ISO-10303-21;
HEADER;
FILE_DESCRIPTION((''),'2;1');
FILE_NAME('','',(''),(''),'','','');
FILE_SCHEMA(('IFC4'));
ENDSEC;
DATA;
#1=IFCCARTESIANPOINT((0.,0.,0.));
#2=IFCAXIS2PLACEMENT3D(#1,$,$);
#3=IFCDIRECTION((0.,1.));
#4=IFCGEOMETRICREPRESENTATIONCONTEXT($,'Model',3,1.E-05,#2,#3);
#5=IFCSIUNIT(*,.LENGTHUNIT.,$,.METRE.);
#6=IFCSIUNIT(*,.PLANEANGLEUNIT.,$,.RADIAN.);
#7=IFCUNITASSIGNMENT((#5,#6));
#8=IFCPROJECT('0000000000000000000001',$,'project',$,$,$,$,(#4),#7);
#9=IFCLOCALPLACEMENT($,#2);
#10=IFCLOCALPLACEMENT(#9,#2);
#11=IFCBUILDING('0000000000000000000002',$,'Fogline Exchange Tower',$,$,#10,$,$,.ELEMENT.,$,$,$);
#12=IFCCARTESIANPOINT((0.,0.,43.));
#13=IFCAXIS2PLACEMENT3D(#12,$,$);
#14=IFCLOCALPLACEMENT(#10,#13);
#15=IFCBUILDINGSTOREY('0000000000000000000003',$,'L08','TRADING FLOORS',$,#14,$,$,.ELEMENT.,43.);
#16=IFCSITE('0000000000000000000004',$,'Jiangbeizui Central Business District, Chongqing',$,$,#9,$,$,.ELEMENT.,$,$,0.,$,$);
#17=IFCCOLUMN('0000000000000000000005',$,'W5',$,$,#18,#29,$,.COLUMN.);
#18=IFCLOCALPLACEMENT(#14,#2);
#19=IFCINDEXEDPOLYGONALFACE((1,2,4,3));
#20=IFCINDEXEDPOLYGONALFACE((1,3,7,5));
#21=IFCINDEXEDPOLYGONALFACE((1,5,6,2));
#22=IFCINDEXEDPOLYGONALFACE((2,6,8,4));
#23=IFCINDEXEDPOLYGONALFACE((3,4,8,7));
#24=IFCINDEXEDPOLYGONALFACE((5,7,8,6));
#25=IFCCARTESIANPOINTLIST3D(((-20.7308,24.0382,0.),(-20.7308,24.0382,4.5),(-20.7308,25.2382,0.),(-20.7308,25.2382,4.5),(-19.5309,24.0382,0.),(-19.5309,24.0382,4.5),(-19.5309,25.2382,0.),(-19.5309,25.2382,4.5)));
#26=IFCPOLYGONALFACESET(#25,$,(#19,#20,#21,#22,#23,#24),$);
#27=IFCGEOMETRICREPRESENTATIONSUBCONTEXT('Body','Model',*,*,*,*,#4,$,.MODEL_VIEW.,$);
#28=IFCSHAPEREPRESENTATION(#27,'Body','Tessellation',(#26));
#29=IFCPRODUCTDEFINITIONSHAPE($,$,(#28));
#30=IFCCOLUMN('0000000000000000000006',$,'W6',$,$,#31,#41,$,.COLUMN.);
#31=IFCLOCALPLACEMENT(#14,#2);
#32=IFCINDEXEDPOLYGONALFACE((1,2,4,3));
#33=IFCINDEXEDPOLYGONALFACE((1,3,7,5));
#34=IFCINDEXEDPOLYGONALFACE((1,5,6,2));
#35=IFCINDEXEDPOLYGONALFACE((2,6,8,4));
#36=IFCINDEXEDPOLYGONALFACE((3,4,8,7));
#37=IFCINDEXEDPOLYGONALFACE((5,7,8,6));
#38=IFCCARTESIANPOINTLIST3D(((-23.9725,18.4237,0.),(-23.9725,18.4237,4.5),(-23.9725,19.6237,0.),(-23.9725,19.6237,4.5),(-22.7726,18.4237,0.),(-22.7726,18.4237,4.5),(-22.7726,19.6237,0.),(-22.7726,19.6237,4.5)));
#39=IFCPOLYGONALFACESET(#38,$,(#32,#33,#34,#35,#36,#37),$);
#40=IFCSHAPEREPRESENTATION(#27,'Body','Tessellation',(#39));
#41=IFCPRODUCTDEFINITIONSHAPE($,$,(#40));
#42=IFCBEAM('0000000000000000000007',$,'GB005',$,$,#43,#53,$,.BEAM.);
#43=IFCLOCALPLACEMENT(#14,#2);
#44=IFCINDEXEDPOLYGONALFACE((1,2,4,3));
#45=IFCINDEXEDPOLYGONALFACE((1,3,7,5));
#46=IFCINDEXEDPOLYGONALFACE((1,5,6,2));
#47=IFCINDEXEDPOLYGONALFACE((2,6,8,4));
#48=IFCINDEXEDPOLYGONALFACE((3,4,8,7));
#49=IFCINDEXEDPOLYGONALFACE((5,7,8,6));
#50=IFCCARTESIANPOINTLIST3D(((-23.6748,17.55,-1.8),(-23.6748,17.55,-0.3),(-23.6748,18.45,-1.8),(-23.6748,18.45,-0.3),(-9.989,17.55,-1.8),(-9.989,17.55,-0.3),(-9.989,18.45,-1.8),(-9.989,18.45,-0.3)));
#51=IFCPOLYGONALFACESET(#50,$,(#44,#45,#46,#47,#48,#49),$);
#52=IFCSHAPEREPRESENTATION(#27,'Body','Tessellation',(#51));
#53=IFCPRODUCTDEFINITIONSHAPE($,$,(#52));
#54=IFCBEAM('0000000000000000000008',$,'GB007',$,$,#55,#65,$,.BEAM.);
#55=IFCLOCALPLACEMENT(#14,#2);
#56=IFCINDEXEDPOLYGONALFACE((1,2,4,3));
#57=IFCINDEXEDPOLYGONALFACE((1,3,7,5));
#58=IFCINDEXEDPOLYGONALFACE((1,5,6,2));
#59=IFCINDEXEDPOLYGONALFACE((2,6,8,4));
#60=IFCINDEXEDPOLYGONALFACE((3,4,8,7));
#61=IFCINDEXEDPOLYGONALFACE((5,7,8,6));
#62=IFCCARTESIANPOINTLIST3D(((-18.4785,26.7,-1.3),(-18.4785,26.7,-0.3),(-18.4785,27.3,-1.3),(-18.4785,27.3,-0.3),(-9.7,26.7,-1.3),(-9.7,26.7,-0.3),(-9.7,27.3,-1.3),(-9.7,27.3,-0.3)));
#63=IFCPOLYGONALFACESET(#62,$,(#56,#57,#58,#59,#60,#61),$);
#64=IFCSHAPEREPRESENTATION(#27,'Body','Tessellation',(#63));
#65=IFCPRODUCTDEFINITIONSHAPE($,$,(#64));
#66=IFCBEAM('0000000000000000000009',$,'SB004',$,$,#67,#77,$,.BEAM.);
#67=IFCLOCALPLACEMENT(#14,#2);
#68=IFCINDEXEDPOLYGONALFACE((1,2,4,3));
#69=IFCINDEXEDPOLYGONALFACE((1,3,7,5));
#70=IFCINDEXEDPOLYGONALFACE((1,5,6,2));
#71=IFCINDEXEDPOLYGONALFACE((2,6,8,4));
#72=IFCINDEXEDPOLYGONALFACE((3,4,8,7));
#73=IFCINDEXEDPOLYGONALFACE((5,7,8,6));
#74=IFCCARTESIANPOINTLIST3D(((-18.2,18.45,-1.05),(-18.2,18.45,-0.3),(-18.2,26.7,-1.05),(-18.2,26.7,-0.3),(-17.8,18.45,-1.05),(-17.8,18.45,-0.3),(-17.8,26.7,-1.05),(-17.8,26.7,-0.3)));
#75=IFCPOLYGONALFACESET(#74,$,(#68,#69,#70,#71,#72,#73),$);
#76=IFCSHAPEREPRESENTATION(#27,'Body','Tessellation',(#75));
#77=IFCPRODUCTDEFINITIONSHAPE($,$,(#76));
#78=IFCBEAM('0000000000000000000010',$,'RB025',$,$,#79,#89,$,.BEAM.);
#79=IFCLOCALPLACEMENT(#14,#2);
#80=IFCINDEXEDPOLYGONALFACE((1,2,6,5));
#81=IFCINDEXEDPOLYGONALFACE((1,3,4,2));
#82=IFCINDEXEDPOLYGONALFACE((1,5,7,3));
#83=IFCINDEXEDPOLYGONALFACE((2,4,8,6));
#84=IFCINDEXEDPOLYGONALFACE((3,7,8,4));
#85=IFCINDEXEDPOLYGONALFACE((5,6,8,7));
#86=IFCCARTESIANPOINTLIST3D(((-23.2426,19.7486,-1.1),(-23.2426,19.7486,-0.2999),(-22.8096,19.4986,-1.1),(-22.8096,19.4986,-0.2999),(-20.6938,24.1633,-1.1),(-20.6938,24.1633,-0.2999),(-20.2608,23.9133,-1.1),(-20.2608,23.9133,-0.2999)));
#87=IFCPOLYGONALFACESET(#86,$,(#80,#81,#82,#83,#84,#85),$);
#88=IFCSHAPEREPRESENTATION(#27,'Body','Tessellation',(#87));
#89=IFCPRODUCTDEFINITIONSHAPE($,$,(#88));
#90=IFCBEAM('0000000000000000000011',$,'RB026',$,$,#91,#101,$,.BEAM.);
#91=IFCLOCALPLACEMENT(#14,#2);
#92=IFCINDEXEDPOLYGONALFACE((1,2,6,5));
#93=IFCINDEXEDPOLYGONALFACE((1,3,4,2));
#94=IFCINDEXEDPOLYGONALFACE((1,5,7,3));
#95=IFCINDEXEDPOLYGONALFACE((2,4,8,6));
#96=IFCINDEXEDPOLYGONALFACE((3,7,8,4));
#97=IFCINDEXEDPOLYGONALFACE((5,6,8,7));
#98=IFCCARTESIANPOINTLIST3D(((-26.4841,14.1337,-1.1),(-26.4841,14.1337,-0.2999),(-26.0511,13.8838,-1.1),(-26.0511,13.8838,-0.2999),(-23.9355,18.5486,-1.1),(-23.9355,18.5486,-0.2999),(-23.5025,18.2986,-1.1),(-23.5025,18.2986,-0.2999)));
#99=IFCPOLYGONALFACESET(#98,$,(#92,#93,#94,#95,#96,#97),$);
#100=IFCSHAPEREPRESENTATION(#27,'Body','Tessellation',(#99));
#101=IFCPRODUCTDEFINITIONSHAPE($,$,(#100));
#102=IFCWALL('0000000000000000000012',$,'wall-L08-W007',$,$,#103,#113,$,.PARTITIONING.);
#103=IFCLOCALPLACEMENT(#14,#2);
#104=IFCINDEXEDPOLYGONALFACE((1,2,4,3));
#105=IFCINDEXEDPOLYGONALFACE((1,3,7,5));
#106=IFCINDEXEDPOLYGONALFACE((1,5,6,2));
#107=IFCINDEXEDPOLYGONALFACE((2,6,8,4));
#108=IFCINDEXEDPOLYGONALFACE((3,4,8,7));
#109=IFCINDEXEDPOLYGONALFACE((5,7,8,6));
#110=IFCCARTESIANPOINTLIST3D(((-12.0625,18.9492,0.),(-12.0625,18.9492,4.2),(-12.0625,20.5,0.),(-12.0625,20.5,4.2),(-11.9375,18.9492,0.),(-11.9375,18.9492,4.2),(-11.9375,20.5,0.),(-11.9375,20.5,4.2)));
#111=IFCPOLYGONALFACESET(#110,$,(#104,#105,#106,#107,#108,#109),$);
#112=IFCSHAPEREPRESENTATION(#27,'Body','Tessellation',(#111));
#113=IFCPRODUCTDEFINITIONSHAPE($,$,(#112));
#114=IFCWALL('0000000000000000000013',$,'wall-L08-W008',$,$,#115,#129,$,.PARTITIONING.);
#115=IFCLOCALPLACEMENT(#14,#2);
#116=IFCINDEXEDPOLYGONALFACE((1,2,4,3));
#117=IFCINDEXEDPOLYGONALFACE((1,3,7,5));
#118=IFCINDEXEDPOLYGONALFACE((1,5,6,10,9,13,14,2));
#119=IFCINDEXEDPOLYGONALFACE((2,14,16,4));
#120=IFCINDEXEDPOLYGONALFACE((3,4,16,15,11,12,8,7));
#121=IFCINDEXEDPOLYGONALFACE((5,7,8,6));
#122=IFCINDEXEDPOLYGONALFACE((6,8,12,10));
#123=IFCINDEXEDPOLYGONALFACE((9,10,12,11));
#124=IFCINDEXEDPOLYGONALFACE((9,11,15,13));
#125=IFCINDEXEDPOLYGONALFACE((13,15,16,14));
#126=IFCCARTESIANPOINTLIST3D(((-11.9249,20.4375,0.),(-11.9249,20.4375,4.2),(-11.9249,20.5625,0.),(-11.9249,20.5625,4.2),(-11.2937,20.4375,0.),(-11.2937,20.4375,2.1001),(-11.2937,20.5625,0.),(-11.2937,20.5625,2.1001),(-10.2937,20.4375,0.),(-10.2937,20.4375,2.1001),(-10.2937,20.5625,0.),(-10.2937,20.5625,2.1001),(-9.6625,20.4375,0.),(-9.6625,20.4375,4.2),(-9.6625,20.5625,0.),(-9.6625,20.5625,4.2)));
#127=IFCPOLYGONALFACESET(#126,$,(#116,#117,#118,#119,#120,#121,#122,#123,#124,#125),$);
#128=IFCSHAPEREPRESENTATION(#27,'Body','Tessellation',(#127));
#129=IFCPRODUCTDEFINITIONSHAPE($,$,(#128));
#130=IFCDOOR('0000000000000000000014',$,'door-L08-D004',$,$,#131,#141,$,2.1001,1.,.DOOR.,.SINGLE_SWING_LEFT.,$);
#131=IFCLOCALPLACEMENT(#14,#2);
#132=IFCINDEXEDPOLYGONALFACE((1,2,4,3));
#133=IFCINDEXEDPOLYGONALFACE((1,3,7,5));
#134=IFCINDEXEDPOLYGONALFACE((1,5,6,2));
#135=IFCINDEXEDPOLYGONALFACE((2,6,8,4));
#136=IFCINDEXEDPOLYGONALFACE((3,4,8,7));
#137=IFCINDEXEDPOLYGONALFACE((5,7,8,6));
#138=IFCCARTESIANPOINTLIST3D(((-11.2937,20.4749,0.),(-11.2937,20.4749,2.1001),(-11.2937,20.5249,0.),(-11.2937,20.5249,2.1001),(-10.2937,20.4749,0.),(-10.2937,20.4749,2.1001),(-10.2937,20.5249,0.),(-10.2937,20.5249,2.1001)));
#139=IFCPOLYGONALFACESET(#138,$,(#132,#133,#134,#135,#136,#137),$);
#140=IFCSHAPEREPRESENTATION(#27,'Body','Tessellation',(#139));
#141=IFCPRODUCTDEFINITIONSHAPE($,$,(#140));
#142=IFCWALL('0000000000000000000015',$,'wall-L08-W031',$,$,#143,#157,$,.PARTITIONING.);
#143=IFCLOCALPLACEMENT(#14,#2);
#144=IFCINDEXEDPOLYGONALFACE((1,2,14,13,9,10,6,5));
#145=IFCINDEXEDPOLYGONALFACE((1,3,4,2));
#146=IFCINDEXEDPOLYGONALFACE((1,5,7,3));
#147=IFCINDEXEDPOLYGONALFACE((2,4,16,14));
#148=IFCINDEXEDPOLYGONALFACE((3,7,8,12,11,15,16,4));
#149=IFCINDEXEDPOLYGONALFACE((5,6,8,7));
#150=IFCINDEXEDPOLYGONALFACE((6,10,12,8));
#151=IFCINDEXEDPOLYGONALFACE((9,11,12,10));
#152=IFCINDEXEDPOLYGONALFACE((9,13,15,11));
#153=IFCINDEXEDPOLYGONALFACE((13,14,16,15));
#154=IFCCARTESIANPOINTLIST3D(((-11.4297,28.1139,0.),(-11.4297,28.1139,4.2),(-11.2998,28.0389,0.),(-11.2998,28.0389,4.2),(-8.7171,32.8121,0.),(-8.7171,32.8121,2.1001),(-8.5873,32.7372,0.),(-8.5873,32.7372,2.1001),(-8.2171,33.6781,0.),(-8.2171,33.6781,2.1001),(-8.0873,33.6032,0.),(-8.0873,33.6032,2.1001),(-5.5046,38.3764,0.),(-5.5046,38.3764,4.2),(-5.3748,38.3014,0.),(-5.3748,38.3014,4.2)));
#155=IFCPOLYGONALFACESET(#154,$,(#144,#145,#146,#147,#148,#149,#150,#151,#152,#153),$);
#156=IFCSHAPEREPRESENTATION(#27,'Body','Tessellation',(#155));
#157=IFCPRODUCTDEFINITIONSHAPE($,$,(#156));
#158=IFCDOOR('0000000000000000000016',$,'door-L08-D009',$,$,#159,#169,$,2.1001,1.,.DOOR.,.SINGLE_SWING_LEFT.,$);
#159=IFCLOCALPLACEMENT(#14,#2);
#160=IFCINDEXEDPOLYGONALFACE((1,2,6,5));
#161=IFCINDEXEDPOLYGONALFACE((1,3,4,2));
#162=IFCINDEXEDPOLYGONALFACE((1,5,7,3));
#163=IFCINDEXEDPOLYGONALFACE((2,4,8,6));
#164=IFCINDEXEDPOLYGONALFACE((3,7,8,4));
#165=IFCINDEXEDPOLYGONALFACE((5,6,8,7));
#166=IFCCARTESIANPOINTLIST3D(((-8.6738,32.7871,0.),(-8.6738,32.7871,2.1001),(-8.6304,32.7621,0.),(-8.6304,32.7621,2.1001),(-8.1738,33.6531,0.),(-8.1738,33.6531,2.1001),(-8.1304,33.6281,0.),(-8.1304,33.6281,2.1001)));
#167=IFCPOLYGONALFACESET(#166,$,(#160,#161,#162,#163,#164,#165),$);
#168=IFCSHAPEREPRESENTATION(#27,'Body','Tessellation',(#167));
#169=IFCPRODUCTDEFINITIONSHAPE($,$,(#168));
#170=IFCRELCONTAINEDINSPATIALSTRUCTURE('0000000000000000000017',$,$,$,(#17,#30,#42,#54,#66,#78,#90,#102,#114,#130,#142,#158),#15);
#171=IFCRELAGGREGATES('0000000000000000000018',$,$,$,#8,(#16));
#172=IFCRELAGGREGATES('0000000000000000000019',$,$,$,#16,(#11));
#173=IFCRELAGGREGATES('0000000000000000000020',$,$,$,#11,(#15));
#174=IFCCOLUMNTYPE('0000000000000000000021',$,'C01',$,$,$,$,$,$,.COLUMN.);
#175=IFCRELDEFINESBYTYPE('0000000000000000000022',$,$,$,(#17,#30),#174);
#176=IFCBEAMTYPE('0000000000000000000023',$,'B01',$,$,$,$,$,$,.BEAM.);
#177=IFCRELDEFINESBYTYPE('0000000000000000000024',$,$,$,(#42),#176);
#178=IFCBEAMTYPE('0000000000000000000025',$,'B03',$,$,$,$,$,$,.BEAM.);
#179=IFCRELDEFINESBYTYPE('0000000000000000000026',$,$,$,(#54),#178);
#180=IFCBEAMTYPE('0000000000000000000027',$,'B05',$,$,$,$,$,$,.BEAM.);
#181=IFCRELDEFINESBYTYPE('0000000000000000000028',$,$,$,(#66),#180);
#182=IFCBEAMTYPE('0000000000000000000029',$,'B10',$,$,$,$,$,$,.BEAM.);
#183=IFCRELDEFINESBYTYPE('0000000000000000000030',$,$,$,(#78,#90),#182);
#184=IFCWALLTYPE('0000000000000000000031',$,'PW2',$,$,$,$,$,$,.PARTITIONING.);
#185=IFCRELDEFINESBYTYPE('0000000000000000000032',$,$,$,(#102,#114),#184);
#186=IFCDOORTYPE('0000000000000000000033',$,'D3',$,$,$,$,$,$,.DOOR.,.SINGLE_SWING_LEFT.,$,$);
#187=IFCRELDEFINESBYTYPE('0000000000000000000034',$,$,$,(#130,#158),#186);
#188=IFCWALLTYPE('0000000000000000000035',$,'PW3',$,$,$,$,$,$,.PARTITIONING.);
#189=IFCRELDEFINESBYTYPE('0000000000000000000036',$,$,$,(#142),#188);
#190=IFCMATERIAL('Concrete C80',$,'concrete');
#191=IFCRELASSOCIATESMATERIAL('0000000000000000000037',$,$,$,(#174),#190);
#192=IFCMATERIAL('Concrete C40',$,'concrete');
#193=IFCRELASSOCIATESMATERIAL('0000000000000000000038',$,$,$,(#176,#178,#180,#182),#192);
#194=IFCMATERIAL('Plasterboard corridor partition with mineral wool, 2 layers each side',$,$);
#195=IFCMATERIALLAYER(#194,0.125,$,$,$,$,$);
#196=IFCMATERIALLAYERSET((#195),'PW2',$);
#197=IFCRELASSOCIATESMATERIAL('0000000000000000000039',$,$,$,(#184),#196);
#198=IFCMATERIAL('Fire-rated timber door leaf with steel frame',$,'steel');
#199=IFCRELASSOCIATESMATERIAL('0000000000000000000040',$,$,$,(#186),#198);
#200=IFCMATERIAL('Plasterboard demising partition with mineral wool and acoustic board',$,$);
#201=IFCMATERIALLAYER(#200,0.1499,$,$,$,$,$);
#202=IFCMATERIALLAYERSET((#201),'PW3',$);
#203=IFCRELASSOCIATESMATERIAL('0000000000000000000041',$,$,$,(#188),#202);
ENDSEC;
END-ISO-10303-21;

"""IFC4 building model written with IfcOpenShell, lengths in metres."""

from ifc_helpers import new_model, si_unit, direction, frame, frame_2d, origin, origin_2d, place, context, subcontext, project, spatial, rectangle, extrude, material, layer, layer_set, material_profile, profile_set, type_object, element, fill, save


model = new_model("IFC4")

# Units and contexts
model_context = context("Model", 3, precision=1e-05, world=origin(), true_north=direction((0.0, 1.0)))
body_context = subcontext(model_context, "Body", "Model", "MODEL_VIEW")
ifc_project = project(units=[si_unit("LENGTHUNIT", "METRE"), si_unit("PLANEANGLEUNIT", "RADIAN")], contexts=[model_context])

# Site, building, storey
site_placement = place(None, origin())
site = spatial("IfcSite", under=ifc_project, at=site_placement, Name="Jiangbeizui Central Business District, Chongqing", CompositionType="ELEMENT", RefElevation=0.0)
building_placement = place(site_placement, origin())
building = spatial("IfcBuilding", under=site, at=building_placement, Name="Fogline Exchange Tower", CompositionType="ELEMENT")
storey_placement = place(building_placement, frame((0.0, 0.0, 43.0)))
storey = spatial("IfcBuildingStorey", under=building, at=storey_placement, Name="L08", Description="TRADING FLOORS", CompositionType="ELEMENT", Elevation=43.0)

# Columns
ifc_material_1 = material(Name="Concrete C80", Category="concrete")
ifc_material_profile_1 = material_profile(ifc_material_1, rectangle(XDim=1.2, YDim=1.2, at=origin_2d()), Name="RC 1200x1200")
ifc_profile_set_1 = profile_set([ifc_material_profile_1], Name="Concrete C80")
column_type = type_object("IfcColumnType", Name="C01", PredefinedType="COLUMN", material=ifc_profile_set_1)
for number, where, z_axis, x_axis, name in (
    (1, (-20.1309, 24.6382, 0.0), (0.0, 0.0, 1.0), (1.0, 0.0, 0.0), "W5"),
    (2, (-23.3726, 19.0237, 0.0), (0.0, 0.0, 1.0), (1.0, 0.0, 0.0), "W6"),
):
    element("IfcColumn", number, at=place(storey_placement, frame(where, z_axis=z_axis, x_axis=x_axis)), inside=storey, type_object=column_type, Name=name, PredefinedType="COLUMN", context=body_context, shape_type="SweptSolid", body=[
        extrude(rectangle(XDim=1.2, YDim=1.2, at=origin_2d()), origin(), (0.0, 0.0, 1.0), 4.5),
    ])

# Beams
ifc_material_2 = material(Name="Concrete C40", Category="concrete")
ifc_material_profile_2 = material_profile(ifc_material_2, rectangle(XDim=0.8999, YDim=1.5, at=origin_2d()), Name="RC 900x1500")
ifc_profile_set_2 = profile_set([ifc_material_profile_2], Name="Concrete C40")
beam_type_1 = type_object("IfcBeamType", Name="B01", PredefinedType="BEAM", material=ifc_profile_set_2)
beam_1_placement = place(storey_placement, frame((-23.6748, 18.0, -1.05), z_axis=(1.0, 0.0, 0.0), x_axis=(0.0, 1.0, 0.0)))
element("IfcBeam", 3, at=beam_1_placement, inside=storey, type_object=beam_type_1, Name="GB005", PredefinedType="BEAM", context=body_context, shape_type="SweptSolid", body=[
    extrude(rectangle(XDim=0.8999, YDim=1.5, at=origin_2d()), origin(), (0.0, 0.0, 1.0), 13.6858),
])
ifc_material_profile_3 = material_profile(ifc_material_2, rectangle(XDim=0.6001, YDim=1.0, at=origin_2d()), Name="RC 600x1000")
ifc_profile_set_3 = profile_set([ifc_material_profile_3], Name="Concrete C40")
beam_type_2 = type_object("IfcBeamType", Name="B03", PredefinedType="BEAM", material=ifc_profile_set_3)
beam_2_placement = place(storey_placement, frame((-18.4785, 27.0, -0.8), z_axis=(1.0, 0.0, 0.0), x_axis=(0.0, 1.0, 0.0)))
element("IfcBeam", 4, at=beam_2_placement, inside=storey, type_object=beam_type_2, Name="GB007", PredefinedType="BEAM", context=body_context, shape_type="SweptSolid", body=[
    extrude(rectangle(XDim=0.6001, YDim=1.0, at=origin_2d()), origin(), (0.0, 0.0, 1.0), 8.7786),
])
ifc_material_profile_4 = material_profile(ifc_material_2, rectangle(XDim=0.3999, YDim=0.75, at=origin_2d()), Name="RC 400x750")
ifc_profile_set_4 = profile_set([ifc_material_profile_4], Name="Concrete C40")
beam_type_3 = type_object("IfcBeamType", Name="B05", PredefinedType="BEAM", material=ifc_profile_set_4)
beam_3_placement = place(storey_placement, frame((-18.0, 18.45, -0.675), z_axis=(0.0, 1.0, 0.0), x_axis=(-1.0, 0.0, 0.0)))
element("IfcBeam", 5, at=beam_3_placement, inside=storey, type_object=beam_type_3, Name="SB004", PredefinedType="BEAM", context=body_context, shape_type="SweptSolid", body=[
    extrude(rectangle(XDim=0.3999, YDim=0.75, at=origin_2d()), origin(), (0.0, 0.0, 1.0), 8.25),
])
ifc_material_profile_5 = material_profile(ifc_material_2, rectangle(XDim=0.5, YDim=0.8, at=origin_2d()), Name="RC 500x800")
ifc_profile_set_5 = profile_set([ifc_material_profile_5], Name="Concrete C40")
beam_type_4 = type_object("IfcBeamType", Name="B10", PredefinedType="BEAM", material=ifc_profile_set_5)
for number, where, z_axis, x_axis, name in (
    (6, (-20.4773, 24.0383, -0.7), (-0.499992, -0.86603, 0.0), (0.86603, -0.499992, 0.0), "RB025"),
    (7, (-23.719, 18.4236, -0.7), (-0.499956, -0.866051, 0.0), (0.866051, -0.499956, 0.0), "RB026"),
):
    element("IfcBeam", number, at=place(storey_placement, frame(where, z_axis=z_axis, x_axis=x_axis)), inside=storey, type_object=beam_type_4, Name=name, PredefinedType="BEAM", context=body_context, shape_type="SweptSolid", body=[
        extrude(rectangle(XDim=0.5, YDim=0.8, at=origin_2d()), origin(), (0.0, 0.0, 1.0), 5.0977),
    ])

# Wall
ifc_material_3 = material(Name="Plasterboard corridor partition with mineral wool, 2 layers each side")
ifc_layer_1 = layer(ifc_material_3, 0.125)
ifc_layer_set_1 = layer_set([ifc_layer_1], Name="PW2")
wall_type_1 = type_object("IfcWallType", Name="PW2", PredefinedType="PARTITIONING", material=ifc_layer_set_1)
wall_1_placement = place(storey_placement, frame((-12.0, 18.9492, 0.0), z_axis=(0.0, 0.0, 1.0), x_axis=(0.0, 1.0, 0.0)))
element("IfcWall", 8, at=wall_1_placement, inside=storey, type_object=wall_type_1, Name="wall-L08-W007", PredefinedType="PARTITIONING", context=body_context, shape_type="SweptSolid", body=[
    extrude(rectangle(XDim=1.5508, YDim=0.125, at=frame_2d((0.7754, 0.0))), origin(), (0.0, 0.0, 1.0), 4.2),
])

# Walls, openings, doors
wall_2_placement = place(storey_placement, frame((-11.925, 20.5, 0.0), z_axis=(0.0, 0.0, 1.0), x_axis=(1.0, 0.0, 0.0)))
wall_2 = element("IfcWall", 9, at=wall_2_placement, inside=storey, type_object=wall_type_1, Name="wall-L08-W008", PredefinedType="PARTITIONING", context=body_context, shape_type="SweptSolid", body=[
    extrude(rectangle(XDim=2.2625, YDim=0.125, at=frame_2d((1.1313, 0.0))), origin(), (0.0, 0.0, 1.0), 4.2),
])
opening_1_placement = place(wall_2_placement, frame((0.6313, 0.0, 0.0)))
opening_1 = element("IfcOpeningElement", 10, at=opening_1_placement, cuts=wall_2, PredefinedType="OPENING", context=body_context, shape_type="SweptSolid", body=[
    extrude(rectangle(XDim=1.0, YDim=2.1001, at=frame_2d((0.5, 1.05))), frame((0.0, 0.0725, 0.0), z_axis=(0.0, -1.0, 0.0), x_axis=(1.0, 0.0, 0.0)), (0.0, 0.0, 1.0), 0.145),
])
ifc_material_4 = material(Name="Fire-rated timber door leaf with steel frame", Category="steel")
door_type = type_object("IfcDoorType", Name="D3", OperationType="SINGLE_SWING_LEFT", PredefinedType="DOOR", material=ifc_material_4)
door_1_placement = place(opening_1_placement, origin())
door_1 = element("IfcDoor", 11, at=door_1_placement, inside=storey, type_object=door_type, Name="door-L08-D004", OperationType="SINGLE_SWING_LEFT", OverallHeight=2.1001, OverallWidth=1.0, PredefinedType="DOOR", context=body_context, shape_type="SweptSolid", body=[
    extrude(rectangle(XDim=1.0, YDim=2.1001, at=frame_2d((0.5, 1.05))), frame((0.0, 0.0249, 0.0), z_axis=(0.0, -1.0, 0.0), x_axis=(1.0, 0.0, 0.0)), (0.0, 0.0, 1.0), 0.05),
])
fill(opening_1, door_1)
ifc_material_5 = material(Name="Plasterboard demising partition with mineral wool and acoustic board")
ifc_layer_2 = layer(ifc_material_5, 0.1499)
ifc_layer_set_2 = layer_set([ifc_layer_2], Name="PW3")
wall_type_2 = type_object("IfcWallType", Name="PW3", PredefinedType="PARTITIONING", material=ifc_layer_set_2)
wall_3_placement = place(storey_placement, frame((-11.3647, 28.0764, 0.0), z_axis=(0.0, 0.0, 1.0), x_axis=(0.500001, 0.866025, 0.0)))
wall_3 = element("IfcWall", 12, at=wall_3_placement, inside=storey, type_object=wall_type_2, Name="wall-L08-W031", PredefinedType="PARTITIONING", context=body_context, shape_type="SweptSolid", body=[
    extrude(rectangle(XDim=11.8501, YDim=0.1499, at=frame_2d((5.925, 0.0))), origin(), (0.0, 0.0, 1.0), 4.2),
])
opening_2_placement = place(wall_3_placement, frame((5.425, 0.0, 0.0)))
opening_2 = element("IfcOpeningElement", 13, at=opening_2_placement, cuts=wall_3, PredefinedType="OPENING", context=body_context, shape_type="SweptSolid", body=[
    extrude(rectangle(XDim=1.0, YDim=2.1001, at=frame_2d((0.5, 1.05))), frame((0.0, 0.085, 0.0), z_axis=(0.0, -1.0, 0.0), x_axis=(1.0, 0.0, 0.0)), (0.0, 0.0, 1.0), 0.1699),
])
door_2_placement = place(opening_2_placement, origin())
door_2 = element("IfcDoor", 14, at=door_2_placement, inside=storey, type_object=door_type, Name="door-L08-D009", OperationType="SINGLE_SWING_LEFT", OverallHeight=2.1001, OverallWidth=1.0, PredefinedType="DOOR", context=body_context, shape_type="SweptSolid", body=[
    extrude(rectangle(XDim=1.0, YDim=2.1001, at=frame_2d((0.5, 1.05))), frame((0.0, 0.0249, 0.0), z_axis=(0.0, -1.0, 0.0), x_axis=(1.0, 0.0, 0.0)), (0.0, 0.0, 1.0), 0.05),
])
fill(opening_2, door_2)

save(model, "model.ifc")
